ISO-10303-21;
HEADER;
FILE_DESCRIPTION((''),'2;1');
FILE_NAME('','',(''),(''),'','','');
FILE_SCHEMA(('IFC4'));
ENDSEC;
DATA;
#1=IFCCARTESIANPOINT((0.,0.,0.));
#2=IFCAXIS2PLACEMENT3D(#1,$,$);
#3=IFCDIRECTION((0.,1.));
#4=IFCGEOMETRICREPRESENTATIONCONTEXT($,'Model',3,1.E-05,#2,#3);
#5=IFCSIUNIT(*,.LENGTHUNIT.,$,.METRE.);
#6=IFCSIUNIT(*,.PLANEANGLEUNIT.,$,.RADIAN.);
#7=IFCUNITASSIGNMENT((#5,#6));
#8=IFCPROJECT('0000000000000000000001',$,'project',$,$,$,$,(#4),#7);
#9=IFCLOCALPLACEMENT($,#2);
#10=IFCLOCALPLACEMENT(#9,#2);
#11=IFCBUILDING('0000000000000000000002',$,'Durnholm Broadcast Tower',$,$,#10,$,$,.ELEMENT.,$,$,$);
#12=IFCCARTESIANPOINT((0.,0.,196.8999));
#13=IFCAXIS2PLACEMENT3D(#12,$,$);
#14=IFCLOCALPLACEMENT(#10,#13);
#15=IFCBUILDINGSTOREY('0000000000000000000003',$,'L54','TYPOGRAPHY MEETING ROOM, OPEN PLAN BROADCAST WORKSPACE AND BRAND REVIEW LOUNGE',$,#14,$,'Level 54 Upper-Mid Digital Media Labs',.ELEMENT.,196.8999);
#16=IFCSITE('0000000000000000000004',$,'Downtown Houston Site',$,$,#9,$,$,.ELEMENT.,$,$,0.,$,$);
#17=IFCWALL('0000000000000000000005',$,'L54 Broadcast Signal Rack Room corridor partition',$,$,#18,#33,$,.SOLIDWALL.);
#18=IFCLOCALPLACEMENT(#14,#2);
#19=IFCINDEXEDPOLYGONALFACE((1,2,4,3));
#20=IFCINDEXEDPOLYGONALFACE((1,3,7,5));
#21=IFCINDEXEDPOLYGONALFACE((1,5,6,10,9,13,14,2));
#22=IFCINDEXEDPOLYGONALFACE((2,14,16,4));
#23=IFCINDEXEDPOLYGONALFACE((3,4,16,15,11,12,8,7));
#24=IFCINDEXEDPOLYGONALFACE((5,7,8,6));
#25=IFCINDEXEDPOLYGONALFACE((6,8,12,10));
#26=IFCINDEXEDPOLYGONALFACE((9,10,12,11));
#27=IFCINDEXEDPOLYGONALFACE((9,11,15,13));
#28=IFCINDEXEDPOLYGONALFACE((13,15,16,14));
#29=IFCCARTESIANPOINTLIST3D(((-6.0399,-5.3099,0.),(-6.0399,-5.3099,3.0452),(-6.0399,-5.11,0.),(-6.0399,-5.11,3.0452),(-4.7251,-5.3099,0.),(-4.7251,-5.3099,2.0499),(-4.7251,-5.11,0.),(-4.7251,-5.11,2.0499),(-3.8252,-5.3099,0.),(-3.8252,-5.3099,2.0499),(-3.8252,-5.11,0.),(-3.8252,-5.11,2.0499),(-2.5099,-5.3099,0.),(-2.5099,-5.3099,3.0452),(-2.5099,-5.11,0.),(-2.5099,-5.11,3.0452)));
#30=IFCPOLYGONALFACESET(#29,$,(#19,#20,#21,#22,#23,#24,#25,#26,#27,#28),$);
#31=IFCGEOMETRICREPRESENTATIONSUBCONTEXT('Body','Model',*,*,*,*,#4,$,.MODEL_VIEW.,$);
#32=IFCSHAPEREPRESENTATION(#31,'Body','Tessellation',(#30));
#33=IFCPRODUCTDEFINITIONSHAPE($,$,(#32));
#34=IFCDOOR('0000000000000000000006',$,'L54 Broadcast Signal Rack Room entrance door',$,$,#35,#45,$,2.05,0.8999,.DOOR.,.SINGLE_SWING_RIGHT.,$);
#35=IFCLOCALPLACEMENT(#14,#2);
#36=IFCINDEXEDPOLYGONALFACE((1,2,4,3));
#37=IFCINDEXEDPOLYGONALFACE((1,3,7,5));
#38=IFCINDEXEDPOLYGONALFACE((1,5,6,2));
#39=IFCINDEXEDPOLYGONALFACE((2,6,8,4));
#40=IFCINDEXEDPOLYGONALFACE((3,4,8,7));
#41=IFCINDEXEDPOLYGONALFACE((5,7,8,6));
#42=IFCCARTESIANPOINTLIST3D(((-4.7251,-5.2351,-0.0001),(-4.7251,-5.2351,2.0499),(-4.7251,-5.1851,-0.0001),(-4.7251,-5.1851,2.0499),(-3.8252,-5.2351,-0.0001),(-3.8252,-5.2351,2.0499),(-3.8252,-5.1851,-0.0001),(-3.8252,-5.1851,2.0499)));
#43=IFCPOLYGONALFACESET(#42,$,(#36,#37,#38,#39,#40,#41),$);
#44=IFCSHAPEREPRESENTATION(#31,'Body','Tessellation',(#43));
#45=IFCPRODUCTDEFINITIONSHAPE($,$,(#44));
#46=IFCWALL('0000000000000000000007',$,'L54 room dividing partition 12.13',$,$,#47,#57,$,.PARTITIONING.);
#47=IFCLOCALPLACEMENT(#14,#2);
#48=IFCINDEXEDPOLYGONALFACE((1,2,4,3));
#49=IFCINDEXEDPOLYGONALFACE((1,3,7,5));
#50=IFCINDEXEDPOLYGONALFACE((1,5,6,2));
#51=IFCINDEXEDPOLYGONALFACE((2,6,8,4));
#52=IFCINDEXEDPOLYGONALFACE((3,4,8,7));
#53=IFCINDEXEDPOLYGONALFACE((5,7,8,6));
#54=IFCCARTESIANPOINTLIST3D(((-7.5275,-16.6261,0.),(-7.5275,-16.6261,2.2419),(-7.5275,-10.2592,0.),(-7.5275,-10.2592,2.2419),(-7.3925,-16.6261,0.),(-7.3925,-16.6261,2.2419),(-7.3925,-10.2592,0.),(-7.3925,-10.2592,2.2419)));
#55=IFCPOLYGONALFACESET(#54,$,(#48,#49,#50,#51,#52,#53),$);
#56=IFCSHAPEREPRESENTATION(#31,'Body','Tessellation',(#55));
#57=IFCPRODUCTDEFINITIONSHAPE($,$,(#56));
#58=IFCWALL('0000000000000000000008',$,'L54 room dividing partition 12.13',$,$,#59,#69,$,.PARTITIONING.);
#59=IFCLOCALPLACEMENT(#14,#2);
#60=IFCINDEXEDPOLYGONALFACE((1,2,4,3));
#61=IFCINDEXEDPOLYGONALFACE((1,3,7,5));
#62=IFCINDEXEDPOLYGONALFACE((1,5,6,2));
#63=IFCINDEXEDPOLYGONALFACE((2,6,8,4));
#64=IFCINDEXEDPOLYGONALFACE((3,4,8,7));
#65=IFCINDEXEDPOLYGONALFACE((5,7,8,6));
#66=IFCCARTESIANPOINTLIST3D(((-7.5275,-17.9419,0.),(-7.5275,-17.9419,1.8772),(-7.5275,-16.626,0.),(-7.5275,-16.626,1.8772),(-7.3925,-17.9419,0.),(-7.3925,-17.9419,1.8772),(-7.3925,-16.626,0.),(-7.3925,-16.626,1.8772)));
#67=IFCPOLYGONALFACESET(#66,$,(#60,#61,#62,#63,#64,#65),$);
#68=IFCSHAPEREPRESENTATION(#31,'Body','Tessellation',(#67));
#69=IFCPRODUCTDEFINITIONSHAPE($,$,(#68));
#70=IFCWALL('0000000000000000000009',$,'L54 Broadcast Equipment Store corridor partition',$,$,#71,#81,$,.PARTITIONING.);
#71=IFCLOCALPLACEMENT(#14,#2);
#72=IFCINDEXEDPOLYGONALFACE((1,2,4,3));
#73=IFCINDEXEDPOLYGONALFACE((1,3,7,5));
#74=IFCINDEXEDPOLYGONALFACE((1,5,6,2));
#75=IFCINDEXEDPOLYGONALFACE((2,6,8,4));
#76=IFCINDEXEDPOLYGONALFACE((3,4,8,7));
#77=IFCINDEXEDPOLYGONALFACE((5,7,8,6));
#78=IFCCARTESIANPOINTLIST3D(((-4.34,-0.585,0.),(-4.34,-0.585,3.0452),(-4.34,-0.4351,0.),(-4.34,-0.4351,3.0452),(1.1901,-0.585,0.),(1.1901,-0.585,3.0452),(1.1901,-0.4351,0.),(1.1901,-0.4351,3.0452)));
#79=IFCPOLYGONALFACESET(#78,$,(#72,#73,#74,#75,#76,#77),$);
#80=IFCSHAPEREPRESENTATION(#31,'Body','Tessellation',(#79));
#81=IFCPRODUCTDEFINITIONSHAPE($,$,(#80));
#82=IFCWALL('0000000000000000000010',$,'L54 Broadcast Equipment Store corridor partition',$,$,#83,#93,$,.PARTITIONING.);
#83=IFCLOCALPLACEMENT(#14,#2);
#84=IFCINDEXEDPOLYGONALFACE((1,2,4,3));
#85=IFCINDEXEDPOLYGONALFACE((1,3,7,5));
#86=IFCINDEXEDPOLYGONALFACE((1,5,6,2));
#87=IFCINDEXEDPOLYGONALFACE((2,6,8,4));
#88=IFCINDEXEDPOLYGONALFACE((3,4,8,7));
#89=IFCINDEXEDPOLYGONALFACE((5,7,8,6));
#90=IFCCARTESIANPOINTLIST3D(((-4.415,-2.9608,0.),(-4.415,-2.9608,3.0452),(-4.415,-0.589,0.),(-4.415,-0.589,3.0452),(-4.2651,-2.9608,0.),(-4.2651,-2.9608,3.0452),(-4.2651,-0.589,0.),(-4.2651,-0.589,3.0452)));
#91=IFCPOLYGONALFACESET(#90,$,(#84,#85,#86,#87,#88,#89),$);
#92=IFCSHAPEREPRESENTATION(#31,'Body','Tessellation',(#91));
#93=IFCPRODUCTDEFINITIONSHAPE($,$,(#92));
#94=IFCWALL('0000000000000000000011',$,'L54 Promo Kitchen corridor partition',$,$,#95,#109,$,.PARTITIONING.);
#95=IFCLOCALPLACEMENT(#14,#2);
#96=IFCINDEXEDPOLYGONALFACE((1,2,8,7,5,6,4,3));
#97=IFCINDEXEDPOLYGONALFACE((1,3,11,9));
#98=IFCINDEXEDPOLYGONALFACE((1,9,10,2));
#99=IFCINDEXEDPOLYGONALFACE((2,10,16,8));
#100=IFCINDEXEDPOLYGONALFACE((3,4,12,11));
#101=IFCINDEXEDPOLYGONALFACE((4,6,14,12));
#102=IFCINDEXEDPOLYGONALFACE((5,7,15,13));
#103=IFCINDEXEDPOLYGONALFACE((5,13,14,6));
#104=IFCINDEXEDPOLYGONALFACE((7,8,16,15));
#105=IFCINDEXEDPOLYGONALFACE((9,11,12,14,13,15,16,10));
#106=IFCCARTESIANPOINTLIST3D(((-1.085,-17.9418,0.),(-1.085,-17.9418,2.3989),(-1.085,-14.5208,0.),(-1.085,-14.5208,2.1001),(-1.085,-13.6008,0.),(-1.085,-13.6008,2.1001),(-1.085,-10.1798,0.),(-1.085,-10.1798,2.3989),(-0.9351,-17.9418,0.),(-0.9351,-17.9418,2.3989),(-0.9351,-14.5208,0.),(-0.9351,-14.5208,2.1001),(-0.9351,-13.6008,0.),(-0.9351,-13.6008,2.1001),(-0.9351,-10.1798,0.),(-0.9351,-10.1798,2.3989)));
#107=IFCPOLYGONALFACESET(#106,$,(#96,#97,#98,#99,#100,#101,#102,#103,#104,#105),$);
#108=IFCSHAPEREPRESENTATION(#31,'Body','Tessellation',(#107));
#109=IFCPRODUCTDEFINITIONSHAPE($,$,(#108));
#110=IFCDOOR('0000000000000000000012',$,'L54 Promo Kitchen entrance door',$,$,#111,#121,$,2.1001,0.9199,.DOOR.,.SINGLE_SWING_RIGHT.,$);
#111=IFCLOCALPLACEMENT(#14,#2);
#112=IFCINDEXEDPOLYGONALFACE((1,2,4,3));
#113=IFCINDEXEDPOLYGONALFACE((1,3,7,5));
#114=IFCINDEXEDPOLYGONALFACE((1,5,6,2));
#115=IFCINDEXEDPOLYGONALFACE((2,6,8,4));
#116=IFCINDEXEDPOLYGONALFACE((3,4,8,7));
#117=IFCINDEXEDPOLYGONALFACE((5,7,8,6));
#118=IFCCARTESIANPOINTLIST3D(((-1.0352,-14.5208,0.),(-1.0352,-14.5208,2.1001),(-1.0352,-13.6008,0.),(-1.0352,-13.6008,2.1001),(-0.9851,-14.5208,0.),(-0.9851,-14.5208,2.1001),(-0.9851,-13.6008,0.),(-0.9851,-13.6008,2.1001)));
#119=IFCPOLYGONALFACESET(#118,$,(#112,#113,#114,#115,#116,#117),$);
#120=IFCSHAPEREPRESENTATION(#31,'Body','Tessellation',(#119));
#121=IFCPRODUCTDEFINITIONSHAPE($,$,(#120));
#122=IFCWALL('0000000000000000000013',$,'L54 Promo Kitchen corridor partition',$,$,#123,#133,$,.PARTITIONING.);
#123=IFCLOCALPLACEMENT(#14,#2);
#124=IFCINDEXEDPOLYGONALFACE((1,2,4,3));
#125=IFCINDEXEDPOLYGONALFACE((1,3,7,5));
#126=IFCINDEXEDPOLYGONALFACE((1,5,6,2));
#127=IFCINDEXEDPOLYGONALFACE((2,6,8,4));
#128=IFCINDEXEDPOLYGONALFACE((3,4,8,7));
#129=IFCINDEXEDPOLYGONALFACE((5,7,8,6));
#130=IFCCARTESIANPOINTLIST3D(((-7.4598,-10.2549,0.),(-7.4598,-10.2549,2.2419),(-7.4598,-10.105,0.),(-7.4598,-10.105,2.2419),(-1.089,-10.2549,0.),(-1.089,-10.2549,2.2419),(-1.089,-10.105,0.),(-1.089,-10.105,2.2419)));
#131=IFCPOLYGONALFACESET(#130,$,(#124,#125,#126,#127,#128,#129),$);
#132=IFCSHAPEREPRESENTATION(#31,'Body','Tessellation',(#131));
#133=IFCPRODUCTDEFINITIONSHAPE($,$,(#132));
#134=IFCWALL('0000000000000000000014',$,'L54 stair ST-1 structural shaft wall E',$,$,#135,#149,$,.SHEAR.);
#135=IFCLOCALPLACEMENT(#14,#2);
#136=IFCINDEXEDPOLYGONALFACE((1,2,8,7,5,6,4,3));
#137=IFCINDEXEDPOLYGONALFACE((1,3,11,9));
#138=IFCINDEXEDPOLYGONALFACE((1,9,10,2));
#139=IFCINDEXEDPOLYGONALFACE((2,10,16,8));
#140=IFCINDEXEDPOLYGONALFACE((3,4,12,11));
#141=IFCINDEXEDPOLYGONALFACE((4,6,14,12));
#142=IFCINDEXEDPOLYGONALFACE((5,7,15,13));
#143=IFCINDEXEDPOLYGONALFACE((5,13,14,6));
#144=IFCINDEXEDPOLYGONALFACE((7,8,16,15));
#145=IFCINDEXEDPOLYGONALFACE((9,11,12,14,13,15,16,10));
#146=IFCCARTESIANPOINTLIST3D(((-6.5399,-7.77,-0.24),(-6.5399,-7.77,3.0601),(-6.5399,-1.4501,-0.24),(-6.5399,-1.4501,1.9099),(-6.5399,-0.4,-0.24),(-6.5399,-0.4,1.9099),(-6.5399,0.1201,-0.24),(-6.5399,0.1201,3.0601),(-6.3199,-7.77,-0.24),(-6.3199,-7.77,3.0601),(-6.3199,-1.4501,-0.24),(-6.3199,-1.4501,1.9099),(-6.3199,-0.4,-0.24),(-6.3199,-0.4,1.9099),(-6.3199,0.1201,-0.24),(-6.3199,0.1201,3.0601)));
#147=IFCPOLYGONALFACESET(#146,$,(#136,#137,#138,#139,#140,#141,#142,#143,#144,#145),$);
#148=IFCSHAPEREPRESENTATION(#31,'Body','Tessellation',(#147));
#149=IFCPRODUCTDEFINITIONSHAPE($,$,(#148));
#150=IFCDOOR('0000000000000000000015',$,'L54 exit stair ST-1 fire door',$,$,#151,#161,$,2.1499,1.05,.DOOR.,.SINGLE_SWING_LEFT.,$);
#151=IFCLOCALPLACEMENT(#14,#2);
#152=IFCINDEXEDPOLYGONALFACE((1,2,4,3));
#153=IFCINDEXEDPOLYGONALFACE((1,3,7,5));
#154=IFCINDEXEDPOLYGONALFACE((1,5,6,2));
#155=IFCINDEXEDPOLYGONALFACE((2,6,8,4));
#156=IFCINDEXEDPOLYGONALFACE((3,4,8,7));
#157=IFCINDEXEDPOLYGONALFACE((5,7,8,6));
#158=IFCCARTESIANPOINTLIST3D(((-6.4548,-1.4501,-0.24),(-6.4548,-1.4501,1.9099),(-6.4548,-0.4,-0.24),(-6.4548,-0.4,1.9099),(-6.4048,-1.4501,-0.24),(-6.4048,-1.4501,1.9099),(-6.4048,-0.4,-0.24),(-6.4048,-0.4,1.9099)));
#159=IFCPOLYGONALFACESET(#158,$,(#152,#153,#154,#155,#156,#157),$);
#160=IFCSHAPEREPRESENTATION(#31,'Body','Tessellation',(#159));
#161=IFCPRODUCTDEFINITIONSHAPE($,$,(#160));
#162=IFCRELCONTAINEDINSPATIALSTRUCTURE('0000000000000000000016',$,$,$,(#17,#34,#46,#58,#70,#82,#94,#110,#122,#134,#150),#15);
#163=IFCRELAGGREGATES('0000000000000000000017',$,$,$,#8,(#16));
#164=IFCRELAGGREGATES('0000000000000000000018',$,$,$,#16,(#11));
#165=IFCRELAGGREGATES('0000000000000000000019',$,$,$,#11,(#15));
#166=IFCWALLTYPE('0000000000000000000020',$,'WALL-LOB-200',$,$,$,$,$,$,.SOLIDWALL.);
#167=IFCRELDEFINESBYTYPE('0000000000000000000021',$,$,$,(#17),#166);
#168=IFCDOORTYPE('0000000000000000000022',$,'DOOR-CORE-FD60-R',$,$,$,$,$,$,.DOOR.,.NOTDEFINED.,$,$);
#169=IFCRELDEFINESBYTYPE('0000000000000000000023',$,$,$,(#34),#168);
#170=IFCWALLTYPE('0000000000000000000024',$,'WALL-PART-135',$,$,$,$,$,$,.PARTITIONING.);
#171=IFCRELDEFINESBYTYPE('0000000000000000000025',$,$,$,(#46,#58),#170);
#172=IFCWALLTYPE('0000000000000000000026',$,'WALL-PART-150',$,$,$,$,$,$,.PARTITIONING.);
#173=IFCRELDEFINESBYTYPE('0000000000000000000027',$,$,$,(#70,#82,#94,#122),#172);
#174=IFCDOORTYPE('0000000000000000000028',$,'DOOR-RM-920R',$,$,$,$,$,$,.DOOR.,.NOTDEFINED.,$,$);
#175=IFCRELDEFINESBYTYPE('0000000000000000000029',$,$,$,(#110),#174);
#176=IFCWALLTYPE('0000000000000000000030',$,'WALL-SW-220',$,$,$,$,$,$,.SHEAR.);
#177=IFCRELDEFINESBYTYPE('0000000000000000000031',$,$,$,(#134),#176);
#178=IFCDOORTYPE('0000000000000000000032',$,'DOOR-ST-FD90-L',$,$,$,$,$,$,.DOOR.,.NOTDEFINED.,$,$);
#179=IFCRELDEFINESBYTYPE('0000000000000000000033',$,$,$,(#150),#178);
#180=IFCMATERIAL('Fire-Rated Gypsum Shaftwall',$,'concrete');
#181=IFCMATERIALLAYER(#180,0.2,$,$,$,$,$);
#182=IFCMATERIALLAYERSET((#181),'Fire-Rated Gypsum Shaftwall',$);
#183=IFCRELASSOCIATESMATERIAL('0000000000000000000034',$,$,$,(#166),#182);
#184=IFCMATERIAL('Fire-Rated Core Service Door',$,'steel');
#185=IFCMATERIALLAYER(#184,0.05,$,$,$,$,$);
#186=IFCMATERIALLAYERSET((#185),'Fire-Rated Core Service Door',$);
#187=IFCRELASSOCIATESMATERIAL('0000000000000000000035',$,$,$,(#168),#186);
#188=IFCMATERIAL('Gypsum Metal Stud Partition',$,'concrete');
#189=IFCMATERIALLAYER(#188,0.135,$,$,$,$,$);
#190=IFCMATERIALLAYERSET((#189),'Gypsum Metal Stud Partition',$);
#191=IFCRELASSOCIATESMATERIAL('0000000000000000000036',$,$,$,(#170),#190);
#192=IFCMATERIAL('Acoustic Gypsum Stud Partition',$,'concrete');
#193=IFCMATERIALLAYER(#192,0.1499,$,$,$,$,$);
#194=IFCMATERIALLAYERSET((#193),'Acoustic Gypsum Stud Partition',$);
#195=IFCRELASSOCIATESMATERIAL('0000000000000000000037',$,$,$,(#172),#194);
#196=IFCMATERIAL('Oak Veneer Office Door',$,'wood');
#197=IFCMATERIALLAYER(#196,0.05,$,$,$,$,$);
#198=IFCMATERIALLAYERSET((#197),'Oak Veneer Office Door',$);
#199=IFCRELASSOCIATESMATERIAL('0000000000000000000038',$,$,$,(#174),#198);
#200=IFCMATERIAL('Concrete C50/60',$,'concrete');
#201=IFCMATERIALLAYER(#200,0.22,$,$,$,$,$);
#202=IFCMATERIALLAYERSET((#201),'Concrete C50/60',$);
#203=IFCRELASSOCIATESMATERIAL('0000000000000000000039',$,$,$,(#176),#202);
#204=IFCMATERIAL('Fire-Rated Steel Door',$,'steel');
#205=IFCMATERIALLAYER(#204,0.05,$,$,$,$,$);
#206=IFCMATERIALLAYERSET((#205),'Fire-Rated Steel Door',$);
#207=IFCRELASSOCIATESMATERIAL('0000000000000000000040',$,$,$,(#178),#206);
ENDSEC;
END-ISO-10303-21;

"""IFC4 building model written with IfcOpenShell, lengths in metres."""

from ifc_helpers import new_model, si_unit, direction, frame, frame_2d, origin, place, context, subcontext, project, spatial, rectangle, extrude, source, transform, mapped, material, layer, layer_set, type_object, type_shapes, element, fill, save


model = new_model("IFC4")

# Units and contexts
model_context = context("Model", 3, precision=1e-05, world=origin(), true_north=direction((0.0, 1.0)))
body_context = subcontext(model_context, "Body", "Model", "MODEL_VIEW")
ifc_project = project(units=[si_unit("LENGTHUNIT", "METRE"), si_unit("PLANEANGLEUNIT", "RADIAN")], contexts=[model_context])

# Site, building, storey
site_placement = place(None, origin())
site = spatial("IfcSite", under=ifc_project, at=site_placement, Name="Downtown Houston Site", CompositionType="ELEMENT", RefElevation=0.0)
building_placement = place(site_placement, origin())
building = spatial("IfcBuilding", under=site, at=building_placement, Name="Durnholm Broadcast Tower", CompositionType="ELEMENT")
storey_placement = place(building_placement, frame((0.0, 0.0, 196.8999)))
storey = spatial("IfcBuildingStorey", under=building, at=storey_placement, Name="L54", Description="TYPOGRAPHY MEETING ROOM, OPEN PLAN BROADCAST WORKSPACE AND BRAND REVIEW LOUNGE", LongName="Level 54 Upper-Mid Digital Media Labs", CompositionType="ELEMENT", Elevation=196.8999)

# Shared definitions
ifc_material_1 = material(Name="Concrete C50/60", Category="concrete")

# Wall, opening, door
ifc_material_2 = material(Name="Fire-Rated Gypsum Shaftwall", Category="concrete")
ifc_layer_1 = layer(ifc_material_2, 0.2)
ifc_layer_set_1 = layer_set([ifc_layer_1], Name="Fire-Rated Gypsum Shaftwall")
wall_type_1 = type_object("IfcWallType", Name="WALL-LOB-200", PredefinedType="SOLIDWALL", material=ifc_layer_set_1)
wall_1_placement = place(storey_placement, frame((-6.04, -5.21, 0.0), z_axis=(0.0, 0.0, 1.0), x_axis=(1.0, 0.0, 0.0)))
wall_1 = element("IfcWall", 1, at=wall_1_placement, inside=storey, type_object=wall_type_1, Name="L54 Broadcast Signal Rack Room corridor partition", PredefinedType="SOLIDWALL", context=body_context, shape_type="SweptSolid", body=[
    extrude(rectangle(XDim=3.53, YDim=0.2, at=frame_2d((1.7651, 0.0))), origin(), (0.0, 0.0, 1.0), 3.0452),
])
opening_1_placement = place(wall_1_placement, frame((1.3149, 0.0, 0.0)))
opening_1 = element("IfcOpeningElement", 2, at=opening_1_placement, cuts=wall_1, PredefinedType="OPENING", context=body_context, shape_type="SweptSolid", body=[
    extrude(rectangle(XDim=0.8999, YDim=2.05, at=frame_2d((0.45, 1.0249))), frame((0.0, 0.1099, 0.0), z_axis=(0.0, -1.0, 0.0), x_axis=(1.0, 0.0, 0.0)), (0.0, 0.0, 1.0), 0.22),
])
ifc_material_3 = material(Name="Fire-Rated Core Service Door", Category="steel")
ifc_layer_2 = layer(ifc_material_3, 0.05)
ifc_layer_set_2 = layer_set([ifc_layer_2], Name="Fire-Rated Core Service Door")
door_type_1 = type_object("IfcDoorType", Name="DOOR-CORE-FD60-R", OperationType="NOTDEFINED", PredefinedType="DOOR", material=ifc_layer_set_2)
shared_shape_1 = source(origin(), body_context, "Body", "SweptSolid", [
    extrude(rectangle(XDim=0.8999, YDim=2.05, at=frame_2d((0.45, 1.0249))), frame((0.0, 0.0249, 0.0), z_axis=(0.0, -1.0, 0.0), x_axis=(1.0, 0.0, 0.0)), (0.0, 0.0, 1.0), 0.05),
])
type_shapes(door_type_1, [shared_shape_1])
door_1_placement = place(opening_1_placement, origin())
door_1 = element("IfcDoor", 3, at=door_1_placement, inside=storey, type_object=door_type_1, Name="L54 Broadcast Signal Rack Room entrance door", OperationType="SINGLE_SWING_RIGHT", OverallHeight=2.05, OverallWidth=0.8999, PredefinedType="DOOR", context=body_context, shape_type="MappedRepresentation", body=[
    mapped(shared_shape_1, transform((0.0, 0.0, 0.0), x_axis=(1.0, 0.0, 0.0), y_axis=(0.0, 1.0, 0.0), z_axis=(0.0, 0.0, 1.0), scale=1.0)),
])
fill(opening_1, door_1)

# Walls
ifc_material_4 = material(Name="Gypsum Metal Stud Partition", Category="concrete")
ifc_layer_3 = layer(ifc_material_4, 0.135)
ifc_layer_set_3 = layer_set([ifc_layer_3], Name="Gypsum Metal Stud Partition")
wall_type_2 = type_object("IfcWallType", Name="WALL-PART-135", PredefinedType="PARTITIONING", material=ifc_layer_set_3)
wall_2_placement = place(storey_placement, frame((-7.46, -10.259, 0.0), z_axis=(0.0, 0.0, 1.0), x_axis=(0.0, -1.0, 0.0)))
element("IfcWall", 4, at=wall_2_placement, inside=storey, type_object=wall_type_2, Name="L54 room dividing partition 12.13", PredefinedType="PARTITIONING", context=body_context, shape_type="SweptSolid", body=[
    extrude(rectangle(XDim=6.3669, YDim=0.135, at=frame_2d((3.1836, 0.0))), origin(), (0.0, 0.0, 1.0), 2.2419),
])
wall_3_placement = place(storey_placement, frame((-7.46, -16.626, 0.0), z_axis=(0.0, 0.0, 1.0), x_axis=(0.0, -1.0, 0.0)))
element("IfcWall", 5, at=wall_3_placement, inside=storey, type_object=wall_type_2, Name="L54 room dividing partition 12.13", PredefinedType="PARTITIONING", context=body_context, shape_type="SweptSolid", body=[
    extrude(rectangle(XDim=1.3159, YDim=0.135, at=frame_2d((0.658, 0.0))), origin(), (0.0, 0.0, 1.0), 1.8772),
])
ifc_material_5 = material(Name="Acoustic Gypsum Stud Partition", Category="concrete")
ifc_layer_4 = layer(ifc_material_5, 0.1499)
ifc_layer_set_4 = layer_set([ifc_layer_4], Name="Acoustic Gypsum Stud Partition")
wall_type_3 = type_object("IfcWallType", Name="WALL-PART-150", PredefinedType="PARTITIONING", material=ifc_layer_set_4)
wall_4_placement = place(storey_placement, frame((-4.3401, -0.51, 0.0), z_axis=(0.0, 0.0, 1.0), x_axis=(1.0, 0.0, 0.0)))
element("IfcWall", 6, at=wall_4_placement, inside=storey, type_object=wall_type_3, Name="L54 Broadcast Equipment Store corridor partition", PredefinedType="PARTITIONING", context=body_context, shape_type="SweptSolid", body=[
    extrude(rectangle(XDim=5.53, YDim=0.1499, at=frame_2d((2.7651, 0.0))), origin(), (0.0, 0.0, 1.0), 3.0452),
])
wall_5_placement = place(storey_placement, frame((-4.3401, -2.9609, 0.0), z_axis=(0.0, 0.0, 1.0), x_axis=(0.0, 1.0, 0.0)))
element("IfcWall", 7, at=wall_5_placement, inside=storey, type_object=wall_type_3, Name="L54 Broadcast Equipment Store corridor partition", PredefinedType="PARTITIONING", context=body_context, shape_type="SweptSolid", body=[
    extrude(rectangle(XDim=2.3718, YDim=0.1499, at=frame_2d((1.186, 0.0))), origin(), (0.0, 0.0, 1.0), 3.0452),
])

# Wall, opening, door
wall_6_placement = place(storey_placement, frame((-1.01, -10.1799, 0.0), z_axis=(0.0, 0.0, 1.0), x_axis=(0.0, -1.0, 0.0)))
wall_6 = element("IfcWall", 8, at=wall_6_placement, inside=storey, type_object=wall_type_3, Name="L54 Promo Kitchen corridor partition", PredefinedType="PARTITIONING", context=body_context, shape_type="SweptSolid", body=[
    extrude(rectangle(XDim=7.762, YDim=0.1499, at=frame_2d((3.8809, 0.0))), origin(), (0.0, 0.0, 1.0), 2.3989),
])
opening_2_placement = place(wall_6_placement, frame((3.4209, 0.0, 0.0)))
opening_2 = element("IfcOpeningElement", 9, at=opening_2_placement, cuts=wall_6, PredefinedType="OPENING", context=body_context, shape_type="SweptSolid", body=[
    extrude(rectangle(XDim=0.9199, YDim=2.1001, at=frame_2d((0.46, 1.05))), frame((0.0, 0.085, 0.0), z_axis=(0.0, -1.0, 0.0), x_axis=(1.0, 0.0, 0.0)), (0.0, 0.0, 1.0), 0.1699),
])
ifc_material_6 = material(Name="Oak Veneer Office Door", Category="wood")
ifc_layer_5 = layer(ifc_material_6, 0.05)
ifc_layer_set_5 = layer_set([ifc_layer_5], Name="Oak Veneer Office Door")
door_type_2 = type_object("IfcDoorType", Name="DOOR-RM-920R", OperationType="NOTDEFINED", PredefinedType="DOOR", material=ifc_layer_set_5)
shared_shape_2 = source(origin(), body_context, "Body", "SweptSolid", [
    extrude(rectangle(XDim=0.9199, YDim=2.1001, at=frame_2d((0.46, 1.05))), frame((0.0, 0.0249, 0.0), z_axis=(0.0, -1.0, 0.0), x_axis=(1.0, 0.0, 0.0)), (0.0, 0.0, 1.0), 0.05),
])
type_shapes(door_type_2, [shared_shape_2])
door_2_placement = place(opening_2_placement, origin())
door_2 = element("IfcDoor", 10, at=door_2_placement, inside=storey, type_object=door_type_2, Name="L54 Promo Kitchen entrance door", OperationType="SINGLE_SWING_RIGHT", OverallHeight=2.1001, OverallWidth=0.9199, PredefinedType="DOOR", context=body_context, shape_type="MappedRepresentation", body=[
    mapped(shared_shape_2, transform((0.0, 0.0, 0.0), x_axis=(1.0, 0.0, 0.0), y_axis=(0.0, 1.0, 0.0), z_axis=(0.0, 0.0, 1.0), scale=1.0)),
])
fill(opening_2, door_2)

# Wall
wall_7_placement = place(storey_placement, frame((-7.46, -10.1799, 0.0), z_axis=(0.0, 0.0, 1.0), x_axis=(1.0, 0.0, 0.0)))
element("IfcWall", 11, at=wall_7_placement, inside=storey, type_object=wall_type_3, Name="L54 Promo Kitchen corridor partition", PredefinedType="PARTITIONING", context=body_context, shape_type="SweptSolid", body=[
    extrude(rectangle(XDim=6.3708, YDim=0.1499, at=frame_2d((3.1855, 0.0))), origin(), (0.0, 0.0, 1.0), 2.2419),
])

# Wall, opening, door
ifc_layer_6 = layer(ifc_material_1, 0.22)
ifc_layer_set_6 = layer_set([ifc_layer_6], Name="Concrete C50/60")
wall_type_4 = type_object("IfcWallType", Name="WALL-SW-220", PredefinedType="SHEAR", material=ifc_layer_set_6)
wall_8_placement = place(storey_placement, frame((-6.4299, -7.77, -0.24), z_axis=(0.0, 0.0, 1.0), x_axis=(0.0, 1.0, 0.0)))
wall_8 = element("IfcWall", 12, at=wall_8_placement, inside=storey, type_object=wall_type_4, Name="L54 stair ST-1 structural shaft wall E", PredefinedType="SHEAR", context=body_context, shape_type="SweptSolid", body=[
    extrude(rectangle(XDim=7.8901, YDim=0.22, at=frame_2d((3.9451, 0.0))), origin(), (0.0, 0.0, 1.0), 3.3),
])
opening_3_placement = place(wall_8_placement, frame((6.3201, 0.0, 0.0)))
opening_3 = element("IfcOpeningElement", 13, at=opening_3_placement, cuts=wall_8, PredefinedType="OPENING", context=body_context, shape_type="SweptSolid", body=[
    extrude(rectangle(XDim=1.05, YDim=2.1499, at=frame_2d((0.5249, 1.075))), frame((0.0, 0.1201, 0.0), z_axis=(0.0, -1.0, 0.0), x_axis=(1.0, 0.0, 0.0)), (0.0, 0.0, 1.0), 0.24),
])
ifc_material_7 = material(Name="Fire-Rated Steel Door", Category="steel")
ifc_layer_7 = layer(ifc_material_7, 0.05)
ifc_layer_set_7 = layer_set([ifc_layer_7], Name="Fire-Rated Steel Door")
door_type_3 = type_object("IfcDoorType", Name="DOOR-ST-FD90-L", OperationType="NOTDEFINED", PredefinedType="DOOR", material=ifc_layer_set_7)
shared_shape_3 = source(origin(), body_context, "Body", "SweptSolid", [
    extrude(rectangle(XDim=1.05, YDim=2.1499, at=frame_2d((0.5249, 1.075))), frame((0.0, 0.0249, 0.0), z_axis=(0.0, -1.0, 0.0), x_axis=(1.0, 0.0, 0.0)), (0.0, 0.0, 1.0), 0.05),
])
type_shapes(door_type_3, [shared_shape_3])
door_3_placement = place(opening_3_placement, origin())
door_3 = element("IfcDoor", 14, at=door_3_placement, inside=storey, type_object=door_type_3, Name="L54 exit stair ST-1 fire door", OperationType="SINGLE_SWING_LEFT", OverallHeight=2.1499, OverallWidth=1.05, PredefinedType="DOOR", context=body_context, shape_type="MappedRepresentation", body=[
    mapped(shared_shape_3, transform((0.0, 0.0, 0.0), x_axis=(1.0, 0.0, 0.0), y_axis=(0.0, 1.0, 0.0), z_axis=(0.0, 0.0, 1.0), scale=1.0)),
])
fill(opening_3, door_3)

save(model, "model.ifc")
